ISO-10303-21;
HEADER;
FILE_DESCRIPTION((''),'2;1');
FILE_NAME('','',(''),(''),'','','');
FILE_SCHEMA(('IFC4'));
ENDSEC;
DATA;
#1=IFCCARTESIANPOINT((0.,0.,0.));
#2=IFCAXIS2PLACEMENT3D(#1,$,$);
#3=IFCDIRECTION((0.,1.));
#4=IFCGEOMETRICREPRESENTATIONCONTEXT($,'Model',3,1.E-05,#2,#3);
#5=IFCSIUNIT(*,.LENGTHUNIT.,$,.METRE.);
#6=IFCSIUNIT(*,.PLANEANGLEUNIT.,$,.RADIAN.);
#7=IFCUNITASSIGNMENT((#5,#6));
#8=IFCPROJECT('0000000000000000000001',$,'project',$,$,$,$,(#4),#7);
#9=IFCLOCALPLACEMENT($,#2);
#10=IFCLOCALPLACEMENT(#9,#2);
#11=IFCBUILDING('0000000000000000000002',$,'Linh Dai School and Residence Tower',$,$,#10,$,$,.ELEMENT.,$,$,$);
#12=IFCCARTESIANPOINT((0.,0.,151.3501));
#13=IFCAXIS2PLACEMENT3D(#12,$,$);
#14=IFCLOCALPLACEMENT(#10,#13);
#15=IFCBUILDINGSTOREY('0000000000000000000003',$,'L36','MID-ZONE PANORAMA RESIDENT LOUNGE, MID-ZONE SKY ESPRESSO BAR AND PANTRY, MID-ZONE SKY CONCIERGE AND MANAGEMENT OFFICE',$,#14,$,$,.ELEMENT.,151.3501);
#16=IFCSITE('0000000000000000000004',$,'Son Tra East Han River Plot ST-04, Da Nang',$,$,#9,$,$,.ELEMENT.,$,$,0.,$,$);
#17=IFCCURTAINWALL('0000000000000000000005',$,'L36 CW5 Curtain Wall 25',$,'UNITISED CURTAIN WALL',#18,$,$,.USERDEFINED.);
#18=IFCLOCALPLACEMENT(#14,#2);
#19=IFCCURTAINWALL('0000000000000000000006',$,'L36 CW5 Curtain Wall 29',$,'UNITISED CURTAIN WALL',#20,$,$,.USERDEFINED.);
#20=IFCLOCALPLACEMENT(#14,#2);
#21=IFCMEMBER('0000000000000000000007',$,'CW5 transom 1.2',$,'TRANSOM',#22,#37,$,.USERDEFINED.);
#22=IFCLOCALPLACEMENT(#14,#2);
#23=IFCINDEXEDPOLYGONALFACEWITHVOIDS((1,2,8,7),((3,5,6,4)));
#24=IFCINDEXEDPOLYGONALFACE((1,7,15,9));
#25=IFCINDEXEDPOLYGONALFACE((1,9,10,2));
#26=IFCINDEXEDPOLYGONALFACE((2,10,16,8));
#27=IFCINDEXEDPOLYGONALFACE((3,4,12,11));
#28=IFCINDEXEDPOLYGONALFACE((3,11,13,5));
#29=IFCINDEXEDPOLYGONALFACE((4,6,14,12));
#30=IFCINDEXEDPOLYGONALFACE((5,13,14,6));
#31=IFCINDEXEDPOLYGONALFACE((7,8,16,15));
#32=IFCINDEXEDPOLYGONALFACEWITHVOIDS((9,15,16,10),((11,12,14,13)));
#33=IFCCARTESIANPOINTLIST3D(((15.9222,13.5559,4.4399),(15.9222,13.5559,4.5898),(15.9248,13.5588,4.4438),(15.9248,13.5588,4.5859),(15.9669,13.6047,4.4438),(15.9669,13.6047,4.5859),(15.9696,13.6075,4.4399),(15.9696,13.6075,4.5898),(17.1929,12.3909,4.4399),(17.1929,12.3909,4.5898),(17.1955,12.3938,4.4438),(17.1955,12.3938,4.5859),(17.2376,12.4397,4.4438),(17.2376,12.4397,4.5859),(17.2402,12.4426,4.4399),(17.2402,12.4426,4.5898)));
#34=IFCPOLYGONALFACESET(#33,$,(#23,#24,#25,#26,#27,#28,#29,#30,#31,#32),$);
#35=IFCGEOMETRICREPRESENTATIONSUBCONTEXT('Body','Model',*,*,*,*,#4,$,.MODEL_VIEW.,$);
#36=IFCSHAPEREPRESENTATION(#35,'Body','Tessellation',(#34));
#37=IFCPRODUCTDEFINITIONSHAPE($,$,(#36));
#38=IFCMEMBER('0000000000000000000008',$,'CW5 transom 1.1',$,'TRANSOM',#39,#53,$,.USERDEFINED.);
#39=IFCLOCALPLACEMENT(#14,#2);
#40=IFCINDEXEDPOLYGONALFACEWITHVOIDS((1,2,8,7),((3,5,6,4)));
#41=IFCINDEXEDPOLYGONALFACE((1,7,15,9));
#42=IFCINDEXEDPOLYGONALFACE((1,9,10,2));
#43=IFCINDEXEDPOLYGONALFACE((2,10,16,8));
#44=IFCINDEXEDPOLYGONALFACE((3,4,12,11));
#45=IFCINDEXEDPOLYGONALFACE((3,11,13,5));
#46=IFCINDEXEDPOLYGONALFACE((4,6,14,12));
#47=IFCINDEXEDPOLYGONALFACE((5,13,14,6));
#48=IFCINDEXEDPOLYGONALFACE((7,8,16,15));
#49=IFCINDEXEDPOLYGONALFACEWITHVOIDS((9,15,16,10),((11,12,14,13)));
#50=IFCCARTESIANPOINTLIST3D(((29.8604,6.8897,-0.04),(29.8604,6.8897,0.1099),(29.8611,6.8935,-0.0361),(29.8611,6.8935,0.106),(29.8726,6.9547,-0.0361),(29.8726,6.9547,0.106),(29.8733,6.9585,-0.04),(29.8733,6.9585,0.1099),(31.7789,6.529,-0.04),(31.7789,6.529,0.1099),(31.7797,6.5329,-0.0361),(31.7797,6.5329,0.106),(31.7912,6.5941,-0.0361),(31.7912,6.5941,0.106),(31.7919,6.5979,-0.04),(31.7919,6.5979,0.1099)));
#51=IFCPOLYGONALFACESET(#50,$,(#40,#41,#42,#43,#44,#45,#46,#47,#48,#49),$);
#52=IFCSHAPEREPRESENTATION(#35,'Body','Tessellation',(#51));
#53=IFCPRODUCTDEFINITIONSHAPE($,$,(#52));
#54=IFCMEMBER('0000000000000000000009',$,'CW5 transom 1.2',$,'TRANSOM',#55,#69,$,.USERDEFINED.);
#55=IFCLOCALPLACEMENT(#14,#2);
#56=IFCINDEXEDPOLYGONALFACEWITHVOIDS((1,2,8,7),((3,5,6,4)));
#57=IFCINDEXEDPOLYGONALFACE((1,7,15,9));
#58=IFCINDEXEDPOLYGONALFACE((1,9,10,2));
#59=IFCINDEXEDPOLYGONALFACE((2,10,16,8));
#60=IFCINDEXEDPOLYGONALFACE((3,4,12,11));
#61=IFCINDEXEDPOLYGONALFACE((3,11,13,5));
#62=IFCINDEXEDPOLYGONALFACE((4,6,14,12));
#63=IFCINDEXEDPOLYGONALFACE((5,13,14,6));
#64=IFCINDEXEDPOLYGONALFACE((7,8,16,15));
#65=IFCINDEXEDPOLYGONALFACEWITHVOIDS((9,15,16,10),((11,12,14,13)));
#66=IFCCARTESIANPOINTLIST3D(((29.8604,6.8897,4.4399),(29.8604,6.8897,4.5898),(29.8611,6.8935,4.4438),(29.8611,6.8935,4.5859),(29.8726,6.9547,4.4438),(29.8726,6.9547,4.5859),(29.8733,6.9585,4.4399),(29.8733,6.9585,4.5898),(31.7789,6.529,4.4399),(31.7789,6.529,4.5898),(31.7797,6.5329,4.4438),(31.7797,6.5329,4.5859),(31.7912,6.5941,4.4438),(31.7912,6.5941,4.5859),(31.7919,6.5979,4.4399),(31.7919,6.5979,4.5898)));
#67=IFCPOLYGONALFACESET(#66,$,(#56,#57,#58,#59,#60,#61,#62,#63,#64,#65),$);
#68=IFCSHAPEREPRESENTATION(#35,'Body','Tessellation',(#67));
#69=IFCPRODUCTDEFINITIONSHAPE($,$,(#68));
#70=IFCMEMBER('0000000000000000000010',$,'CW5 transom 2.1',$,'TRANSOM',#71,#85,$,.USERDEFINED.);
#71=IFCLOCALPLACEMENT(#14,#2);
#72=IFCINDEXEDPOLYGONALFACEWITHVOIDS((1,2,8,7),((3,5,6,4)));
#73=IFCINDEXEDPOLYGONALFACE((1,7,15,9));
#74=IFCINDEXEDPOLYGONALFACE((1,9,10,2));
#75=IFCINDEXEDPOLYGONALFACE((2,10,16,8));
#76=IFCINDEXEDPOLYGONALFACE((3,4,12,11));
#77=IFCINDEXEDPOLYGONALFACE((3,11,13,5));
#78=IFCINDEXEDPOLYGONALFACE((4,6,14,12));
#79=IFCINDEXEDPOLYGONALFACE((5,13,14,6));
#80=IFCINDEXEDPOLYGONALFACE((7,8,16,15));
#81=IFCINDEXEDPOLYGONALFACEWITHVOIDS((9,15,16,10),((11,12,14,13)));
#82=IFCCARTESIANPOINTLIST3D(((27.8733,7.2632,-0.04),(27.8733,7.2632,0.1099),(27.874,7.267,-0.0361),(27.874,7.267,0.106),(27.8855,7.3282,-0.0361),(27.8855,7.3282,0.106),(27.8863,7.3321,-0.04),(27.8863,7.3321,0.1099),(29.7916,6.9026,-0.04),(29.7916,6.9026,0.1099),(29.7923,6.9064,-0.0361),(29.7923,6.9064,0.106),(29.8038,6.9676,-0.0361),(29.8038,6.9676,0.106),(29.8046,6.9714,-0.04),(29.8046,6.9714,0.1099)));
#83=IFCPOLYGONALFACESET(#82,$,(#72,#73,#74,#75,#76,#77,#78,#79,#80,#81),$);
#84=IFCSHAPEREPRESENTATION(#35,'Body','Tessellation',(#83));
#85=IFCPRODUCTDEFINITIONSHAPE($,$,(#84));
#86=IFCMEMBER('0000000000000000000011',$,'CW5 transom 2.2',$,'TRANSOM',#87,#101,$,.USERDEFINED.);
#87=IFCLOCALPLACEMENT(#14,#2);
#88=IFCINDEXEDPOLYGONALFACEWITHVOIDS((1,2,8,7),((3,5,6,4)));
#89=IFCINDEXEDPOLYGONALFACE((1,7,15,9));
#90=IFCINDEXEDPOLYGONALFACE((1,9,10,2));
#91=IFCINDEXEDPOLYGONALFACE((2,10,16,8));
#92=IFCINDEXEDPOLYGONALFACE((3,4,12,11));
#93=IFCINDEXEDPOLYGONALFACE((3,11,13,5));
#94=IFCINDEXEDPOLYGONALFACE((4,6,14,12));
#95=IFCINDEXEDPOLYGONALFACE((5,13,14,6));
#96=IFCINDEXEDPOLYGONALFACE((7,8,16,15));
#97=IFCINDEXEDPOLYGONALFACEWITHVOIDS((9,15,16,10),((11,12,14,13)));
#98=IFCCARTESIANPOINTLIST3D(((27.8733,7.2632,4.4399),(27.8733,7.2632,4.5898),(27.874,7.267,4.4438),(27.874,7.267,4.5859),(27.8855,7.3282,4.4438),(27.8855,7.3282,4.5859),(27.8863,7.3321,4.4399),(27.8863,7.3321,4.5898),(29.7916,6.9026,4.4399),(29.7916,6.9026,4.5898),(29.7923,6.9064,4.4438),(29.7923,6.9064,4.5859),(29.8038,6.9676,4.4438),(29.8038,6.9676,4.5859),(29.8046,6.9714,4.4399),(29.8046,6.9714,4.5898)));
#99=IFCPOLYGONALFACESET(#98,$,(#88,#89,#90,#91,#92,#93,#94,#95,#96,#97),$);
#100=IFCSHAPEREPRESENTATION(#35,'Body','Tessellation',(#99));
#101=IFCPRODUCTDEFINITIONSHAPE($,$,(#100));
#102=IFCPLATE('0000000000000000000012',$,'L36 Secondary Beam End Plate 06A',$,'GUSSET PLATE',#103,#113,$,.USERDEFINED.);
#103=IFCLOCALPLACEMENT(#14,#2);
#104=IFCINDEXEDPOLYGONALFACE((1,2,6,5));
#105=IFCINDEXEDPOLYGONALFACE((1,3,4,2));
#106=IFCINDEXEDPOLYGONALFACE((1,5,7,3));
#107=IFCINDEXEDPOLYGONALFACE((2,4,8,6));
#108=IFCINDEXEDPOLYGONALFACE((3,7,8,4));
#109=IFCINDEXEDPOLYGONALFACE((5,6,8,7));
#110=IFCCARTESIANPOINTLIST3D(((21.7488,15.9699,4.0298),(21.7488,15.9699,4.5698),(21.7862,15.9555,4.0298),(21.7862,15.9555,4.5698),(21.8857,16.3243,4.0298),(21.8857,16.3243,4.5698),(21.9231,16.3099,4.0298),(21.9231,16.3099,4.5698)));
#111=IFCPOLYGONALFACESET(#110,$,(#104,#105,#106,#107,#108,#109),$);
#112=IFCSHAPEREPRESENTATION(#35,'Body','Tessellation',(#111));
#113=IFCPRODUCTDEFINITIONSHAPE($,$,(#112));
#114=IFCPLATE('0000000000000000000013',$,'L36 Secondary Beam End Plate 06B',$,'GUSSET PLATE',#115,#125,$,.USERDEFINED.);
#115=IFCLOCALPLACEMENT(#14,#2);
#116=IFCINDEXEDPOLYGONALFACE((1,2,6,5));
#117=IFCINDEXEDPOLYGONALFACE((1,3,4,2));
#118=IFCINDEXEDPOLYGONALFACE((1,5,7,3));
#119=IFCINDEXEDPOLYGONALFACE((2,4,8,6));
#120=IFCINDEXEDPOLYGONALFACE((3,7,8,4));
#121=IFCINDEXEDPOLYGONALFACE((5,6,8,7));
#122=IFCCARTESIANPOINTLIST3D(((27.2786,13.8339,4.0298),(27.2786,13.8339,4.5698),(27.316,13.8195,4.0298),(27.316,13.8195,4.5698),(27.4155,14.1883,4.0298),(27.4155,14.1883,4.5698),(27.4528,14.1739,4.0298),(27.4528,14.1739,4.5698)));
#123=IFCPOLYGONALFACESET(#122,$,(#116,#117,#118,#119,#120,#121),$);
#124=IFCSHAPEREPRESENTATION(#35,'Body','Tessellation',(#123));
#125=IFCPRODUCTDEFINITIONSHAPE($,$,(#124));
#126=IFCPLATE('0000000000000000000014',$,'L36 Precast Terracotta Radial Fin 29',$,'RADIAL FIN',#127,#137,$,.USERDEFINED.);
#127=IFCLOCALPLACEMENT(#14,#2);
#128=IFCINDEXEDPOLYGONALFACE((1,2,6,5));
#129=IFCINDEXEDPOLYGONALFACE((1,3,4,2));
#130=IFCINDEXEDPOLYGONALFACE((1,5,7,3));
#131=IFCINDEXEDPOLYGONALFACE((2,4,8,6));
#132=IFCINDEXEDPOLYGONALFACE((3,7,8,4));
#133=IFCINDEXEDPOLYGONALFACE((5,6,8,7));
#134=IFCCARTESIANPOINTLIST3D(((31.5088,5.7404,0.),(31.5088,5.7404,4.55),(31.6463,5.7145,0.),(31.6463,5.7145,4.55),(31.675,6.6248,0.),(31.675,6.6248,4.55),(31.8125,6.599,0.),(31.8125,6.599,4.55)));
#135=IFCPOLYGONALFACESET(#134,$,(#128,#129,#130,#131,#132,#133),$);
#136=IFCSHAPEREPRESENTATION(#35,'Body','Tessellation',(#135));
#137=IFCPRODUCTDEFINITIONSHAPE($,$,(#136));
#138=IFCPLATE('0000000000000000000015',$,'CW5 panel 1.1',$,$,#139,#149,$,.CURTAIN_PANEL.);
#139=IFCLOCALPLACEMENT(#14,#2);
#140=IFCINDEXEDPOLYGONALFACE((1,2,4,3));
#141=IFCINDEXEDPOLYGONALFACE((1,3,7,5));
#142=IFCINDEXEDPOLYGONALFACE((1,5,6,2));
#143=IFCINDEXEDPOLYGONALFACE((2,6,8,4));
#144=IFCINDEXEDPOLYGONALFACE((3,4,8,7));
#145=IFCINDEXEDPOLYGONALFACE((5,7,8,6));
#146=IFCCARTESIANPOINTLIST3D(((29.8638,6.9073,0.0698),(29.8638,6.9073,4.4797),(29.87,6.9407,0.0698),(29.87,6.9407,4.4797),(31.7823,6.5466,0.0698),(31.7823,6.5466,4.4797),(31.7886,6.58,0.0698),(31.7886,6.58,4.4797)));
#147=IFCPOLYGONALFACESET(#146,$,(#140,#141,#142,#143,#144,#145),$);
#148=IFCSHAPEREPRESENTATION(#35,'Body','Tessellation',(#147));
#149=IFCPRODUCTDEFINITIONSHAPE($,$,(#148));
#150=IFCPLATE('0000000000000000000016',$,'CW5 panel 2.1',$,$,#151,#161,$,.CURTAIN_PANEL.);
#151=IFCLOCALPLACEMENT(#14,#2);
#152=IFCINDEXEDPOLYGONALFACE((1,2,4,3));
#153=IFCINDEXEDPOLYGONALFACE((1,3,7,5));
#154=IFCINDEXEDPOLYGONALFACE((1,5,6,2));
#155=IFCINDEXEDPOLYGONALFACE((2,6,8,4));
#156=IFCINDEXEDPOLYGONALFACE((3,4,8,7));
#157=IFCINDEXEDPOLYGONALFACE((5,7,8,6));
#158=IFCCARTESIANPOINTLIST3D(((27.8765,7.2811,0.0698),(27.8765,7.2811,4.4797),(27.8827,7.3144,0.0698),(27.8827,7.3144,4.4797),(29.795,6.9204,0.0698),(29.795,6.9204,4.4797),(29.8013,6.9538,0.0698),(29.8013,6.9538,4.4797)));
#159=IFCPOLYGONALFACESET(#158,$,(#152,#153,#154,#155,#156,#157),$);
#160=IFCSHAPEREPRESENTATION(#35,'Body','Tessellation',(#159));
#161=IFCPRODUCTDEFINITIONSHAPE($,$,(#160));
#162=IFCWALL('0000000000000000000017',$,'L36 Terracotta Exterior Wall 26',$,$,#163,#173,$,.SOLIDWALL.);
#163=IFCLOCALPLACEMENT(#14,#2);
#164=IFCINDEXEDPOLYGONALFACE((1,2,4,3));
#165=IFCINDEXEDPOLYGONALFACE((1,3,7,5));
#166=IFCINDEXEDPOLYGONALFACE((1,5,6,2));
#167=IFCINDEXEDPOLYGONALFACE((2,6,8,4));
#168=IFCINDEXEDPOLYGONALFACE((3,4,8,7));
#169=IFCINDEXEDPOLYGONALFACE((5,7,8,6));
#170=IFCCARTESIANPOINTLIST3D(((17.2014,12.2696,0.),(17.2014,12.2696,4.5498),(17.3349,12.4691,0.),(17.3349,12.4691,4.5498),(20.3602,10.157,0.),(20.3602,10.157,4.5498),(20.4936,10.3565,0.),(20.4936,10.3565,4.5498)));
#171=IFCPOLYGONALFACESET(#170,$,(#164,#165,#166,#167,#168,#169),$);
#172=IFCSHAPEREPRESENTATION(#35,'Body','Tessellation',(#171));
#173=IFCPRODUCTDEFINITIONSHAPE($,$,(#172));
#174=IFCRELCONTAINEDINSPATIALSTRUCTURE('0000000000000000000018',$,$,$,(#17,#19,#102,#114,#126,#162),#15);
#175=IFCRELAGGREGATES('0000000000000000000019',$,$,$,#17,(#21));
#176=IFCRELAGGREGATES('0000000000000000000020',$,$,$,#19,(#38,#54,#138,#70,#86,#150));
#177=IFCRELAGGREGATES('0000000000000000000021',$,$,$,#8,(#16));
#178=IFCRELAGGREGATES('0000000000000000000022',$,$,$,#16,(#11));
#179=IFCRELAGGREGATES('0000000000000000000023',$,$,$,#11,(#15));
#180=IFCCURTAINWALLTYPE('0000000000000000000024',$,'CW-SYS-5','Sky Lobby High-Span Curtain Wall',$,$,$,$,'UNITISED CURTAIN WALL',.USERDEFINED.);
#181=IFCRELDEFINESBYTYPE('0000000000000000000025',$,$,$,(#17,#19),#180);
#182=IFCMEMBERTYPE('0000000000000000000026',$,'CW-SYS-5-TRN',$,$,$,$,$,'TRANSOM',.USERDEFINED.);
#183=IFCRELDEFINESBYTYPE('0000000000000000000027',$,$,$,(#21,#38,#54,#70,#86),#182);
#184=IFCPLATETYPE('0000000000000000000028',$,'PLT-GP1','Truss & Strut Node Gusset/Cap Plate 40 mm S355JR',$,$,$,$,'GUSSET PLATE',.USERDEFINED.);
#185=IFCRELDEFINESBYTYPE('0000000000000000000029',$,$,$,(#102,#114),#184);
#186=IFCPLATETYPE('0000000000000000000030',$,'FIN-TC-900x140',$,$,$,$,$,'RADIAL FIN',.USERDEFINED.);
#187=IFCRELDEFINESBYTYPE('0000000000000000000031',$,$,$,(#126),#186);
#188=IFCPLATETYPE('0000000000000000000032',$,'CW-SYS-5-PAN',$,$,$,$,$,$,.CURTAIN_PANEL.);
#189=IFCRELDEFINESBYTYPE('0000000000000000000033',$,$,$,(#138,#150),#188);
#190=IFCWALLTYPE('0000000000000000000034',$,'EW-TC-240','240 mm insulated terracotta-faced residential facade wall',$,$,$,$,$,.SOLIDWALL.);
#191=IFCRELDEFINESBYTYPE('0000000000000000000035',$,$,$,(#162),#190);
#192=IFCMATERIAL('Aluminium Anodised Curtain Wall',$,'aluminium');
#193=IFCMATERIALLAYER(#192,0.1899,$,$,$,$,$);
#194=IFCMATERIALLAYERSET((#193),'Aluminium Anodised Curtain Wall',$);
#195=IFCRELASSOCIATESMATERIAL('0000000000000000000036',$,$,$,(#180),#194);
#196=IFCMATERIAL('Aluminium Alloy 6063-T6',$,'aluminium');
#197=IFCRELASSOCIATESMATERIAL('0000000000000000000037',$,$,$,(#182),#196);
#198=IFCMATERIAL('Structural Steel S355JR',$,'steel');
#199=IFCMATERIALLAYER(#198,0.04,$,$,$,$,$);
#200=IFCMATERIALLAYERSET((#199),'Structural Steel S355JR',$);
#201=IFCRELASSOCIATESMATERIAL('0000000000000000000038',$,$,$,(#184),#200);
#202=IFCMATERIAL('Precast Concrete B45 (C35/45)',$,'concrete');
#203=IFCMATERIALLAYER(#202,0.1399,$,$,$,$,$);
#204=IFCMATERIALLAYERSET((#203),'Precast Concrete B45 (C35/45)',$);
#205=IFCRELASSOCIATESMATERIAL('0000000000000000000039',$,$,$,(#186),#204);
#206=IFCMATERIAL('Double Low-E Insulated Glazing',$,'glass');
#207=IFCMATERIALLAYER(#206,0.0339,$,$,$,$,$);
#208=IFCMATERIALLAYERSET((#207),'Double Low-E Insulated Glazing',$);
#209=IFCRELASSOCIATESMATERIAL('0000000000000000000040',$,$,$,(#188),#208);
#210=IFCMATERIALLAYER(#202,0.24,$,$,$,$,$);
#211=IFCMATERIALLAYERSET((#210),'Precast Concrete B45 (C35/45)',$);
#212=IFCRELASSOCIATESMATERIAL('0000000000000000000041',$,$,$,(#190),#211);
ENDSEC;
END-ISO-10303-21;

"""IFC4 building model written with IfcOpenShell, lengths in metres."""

from ifc_helpers import new_model, si_unit, direction, frame, frame_2d, origin, origin_2d, place, context, subcontext, project, spatial, rectangle, hollow_rectangle, extrude, source, transform, mapped, material, layer, layer_set, material_profile, profile_set, type_object, element, aggregate, save


model = new_model("IFC4")

# Units and contexts
model_context = context("Model", 3, precision=1e-05, world=origin(), true_north=direction((0.0, 1.0)))
body_context = subcontext(model_context, "Body", "Model", "MODEL_VIEW")
ifc_project = project(units=[si_unit("LENGTHUNIT", "METRE"), si_unit("PLANEANGLEUNIT", "RADIAN")], contexts=[model_context])

# Site, building, storey
site_placement = place(None, origin())
site = spatial("IfcSite", under=ifc_project, at=site_placement, Name="Son Tra East Han River Plot ST-04, Da Nang", CompositionType="ELEMENT", RefElevation=0.0)
building_placement = place(site_placement, origin())
building = spatial("IfcBuilding", under=site, at=building_placement, Name="Linh Dai School and Residence Tower", CompositionType="ELEMENT")
storey_placement = place(building_placement, frame((0.0, 0.0, 151.3501)))
storey = spatial("IfcBuildingStorey", under=building, at=storey_placement, Name="L36", Description="MID-ZONE PANORAMA RESIDENT LOUNGE, MID-ZONE SKY ESPRESSO BAR AND PANTRY, MID-ZONE SKY CONCIERGE AND MANAGEMENT OFFICE", CompositionType="ELEMENT", Elevation=151.3501)

# Shared definitions
ifc_material_1 = material(Name="Structural Steel S355JR", Category="steel")

# Curtain wall
ifc_material_2 = material(Name="Aluminium Anodised Curtain Wall", Category="aluminium")
ifc_layer_1 = layer(ifc_material_2, 0.1899)
ifc_layer_set_1 = layer_set([ifc_layer_1], Name="Aluminium Anodised Curtain Wall")
curtain_wall_type = type_object("IfcCurtainWallType", Name="CW-SYS-5", Description="Sky Lobby High-Span Curtain Wall", ElementType="UNITISED CURTAIN WALL", PredefinedType="USERDEFINED", material=ifc_layer_set_1)
curtain_wall_1_placement = place(storey_placement, origin())
curtain_wall_1 = element("IfcCurtainWall", 1, at=curtain_wall_1_placement, inside=storey, type_object=curtain_wall_type, Name="L36 CW5 Curtain Wall 25", ObjectType="UNITISED CURTAIN WALL", PredefinedType="USERDEFINED")
ifc_material_3 = material(Name="Aluminium Alloy 6063-T6", Category="aluminium")

# Curtain wall
curtain_wall_2_placement = place(storey_placement, origin())
curtain_wall_2 = element("IfcCurtainWall", 2, at=curtain_wall_2_placement, inside=storey, type_object=curtain_wall_type, Name="L36 CW5 Curtain Wall 29", ObjectType="UNITISED CURTAIN WALL", PredefinedType="USERDEFINED")

# Members
ifc_material_profile_1 = material_profile(ifc_material_3, hollow_rectangle(XDim=0.0701, YDim=0.1499, WallThickness=0.0039, at=origin_2d()), Name="RHS 150x70x4")
ifc_profile_set_1 = profile_set([ifc_material_profile_1], Name="Aluminium Alloy 6063-T6")
member_type_1 = type_object("IfcMemberType", Name="CW-SYS-5-TRN", ElementType="TRANSOM", PredefinedType="USERDEFINED", material=ifc_profile_set_1)
shared_shape_1 = source(origin(), body_context, "Body", "SweptSolid", [
    extrude(hollow_rectangle(XDim=0.0701, YDim=0.1499, WallThickness=0.0039, at=origin_2d()), origin(), (0.0, 0.0, 1.0), 1.7239),
])
member_1_placement = place(storey_placement, frame((17.2166, 12.4167, 4.5149), z_axis=(-0.737101, 0.675782, 0.0), x_axis=(-0.675782, -0.737101, 0.0)))
member_1 = element("IfcMember", 3, at=member_1_placement, type_object=member_type_1, Name="CW5 transom 1.2", ObjectType="TRANSOM", PredefinedType="USERDEFINED", context=body_context, shape_type="MappedRepresentation", body=[
    mapped(shared_shape_1, transform((0.0, 0.0, 0.0), x_axis=(1.0, 0.0, 0.0), y_axis=(0.0, 1.0, 0.0), z_axis=(0.0, 0.0, 1.0), scale=1.0)),
])
aggregate(curtain_wall_1, [member_1])
shared_shape_2 = source(origin(), body_context, "Body", "SweptSolid", [
    extrude(hollow_rectangle(XDim=0.0701, YDim=0.1499, WallThickness=0.0039, at=origin_2d()), origin(), (0.0, 0.0, 1.0), 1.9521),
])
member_2_placement = place(storey_placement, frame((31.7854, 6.5635, 0.0349), z_axis=(-0.98279, 0.184726, 0.0), x_axis=(-0.184726, -0.98279, 0.0)))
member_2 = element("IfcMember", 4, at=member_2_placement, type_object=member_type_1, Name="CW5 transom 1.1", ObjectType="TRANSOM", PredefinedType="USERDEFINED", context=body_context, shape_type="MappedRepresentation", body=[
    mapped(shared_shape_2, transform((0.0, 0.0, 0.0), x_axis=(1.0, 0.0, 0.0), y_axis=(0.0, 1.0, 0.0), z_axis=(0.0, 0.0, 1.0), scale=1.0)),
])
member_3_placement = place(storey_placement, frame((31.7854, 6.5635, 4.5149), z_axis=(-0.98279, 0.184726, 0.0), x_axis=(-0.184726, -0.98279, 0.0)))
member_3 = element("IfcMember", 5, at=member_3_placement, type_object=member_type_1, Name="CW5 transom 1.2", ObjectType="TRANSOM", PredefinedType="USERDEFINED", context=body_context, shape_type="MappedRepresentation", body=[
    mapped(shared_shape_2, transform((0.0, 0.0, 0.0), x_axis=(1.0, 0.0, 0.0), y_axis=(0.0, 1.0, 0.0), z_axis=(0.0, 0.0, 1.0), scale=1.0)),
])
shared_shape_3 = source(origin(), body_context, "Body", "SweptSolid", [
    extrude(hollow_rectangle(XDim=0.0701, YDim=0.1499, WallThickness=0.0039, at=origin_2d()), origin(), (0.0, 0.0, 1.0), 1.9519),
])
member_4_placement = place(storey_placement, frame((29.7981, 6.937, 0.0349), z_axis=(-0.982786, 0.184749, 0.0), x_axis=(-0.184749, -0.982786, 0.0)))
member_4 = element("IfcMember", 6, at=member_4_placement, type_object=member_type_1, Name="CW5 transom 2.1", ObjectType="TRANSOM", PredefinedType="USERDEFINED", context=body_context, shape_type="MappedRepresentation", body=[
    mapped(shared_shape_3, transform((0.0, 0.0, 0.0), x_axis=(1.0, 0.0, 0.0), y_axis=(0.0, 1.0, 0.0), z_axis=(0.0, 0.0, 1.0), scale=1.0)),
])
member_5_placement = place(storey_placement, frame((29.7981, 6.937, 4.5149), z_axis=(-0.982786, 0.184749, 0.0), x_axis=(-0.184749, -0.982786, 0.0)))
member_5 = element("IfcMember", 7, at=member_5_placement, type_object=member_type_1, Name="CW5 transom 2.2", ObjectType="TRANSOM", PredefinedType="USERDEFINED", context=body_context, shape_type="MappedRepresentation", body=[
    mapped(shared_shape_3, transform((0.0, 0.0, 0.0), x_axis=(1.0, 0.0, 0.0), y_axis=(0.0, 1.0, 0.0), z_axis=(0.0, 0.0, 1.0), scale=1.0)),
])

# Plates
ifc_layer_2 = layer(ifc_material_1, 0.04)
ifc_layer_set_2 = layer_set([ifc_layer_2], Name="Structural Steel S355JR")
plate_type_1 = type_object("IfcPlateType", Name="PLT-GP1", Description="Truss & Strut Node Gusset/Cap Plate 40 mm S355JR", ElementType="GUSSET PLATE", PredefinedType="USERDEFINED", material=ifc_layer_set_2)
shared_shape_4 = source(origin(), body_context, "Body", "SweptSolid", [
    extrude(rectangle(XDim=0.04, YDim=0.3799, at=origin_2d()), origin(), (0.0, 0.0, 1.0), 0.54),
])
for number, where, z_axis, x_axis, name in (
    (8, (21.8359, 16.1399, 4.0298), (0.0, 0.0, 1.0), (0.932823, -0.360335, 0.0), "L36 Secondary Beam End Plate 06A"),
    (9, (27.3657, 14.0039, 4.0298), (0.0, 0.0, 1.0), (0.932823, -0.360335, 0.0), "L36 Secondary Beam End Plate 06B"),
):
    element("IfcPlate", number, at=place(storey_placement, frame(where, z_axis=z_axis, x_axis=x_axis)), inside=storey, type_object=plate_type_1, Name=name, ObjectType="GUSSET PLATE", PredefinedType="USERDEFINED", context=body_context, shape_type="MappedRepresentation", body=[
        mapped(shared_shape_4, transform((0.0, 0.0, 0.0), x_axis=(1.0, 0.0, 0.0), y_axis=(0.0, 1.0, 0.0), z_axis=(0.0, 0.0, 1.0), scale=1.0)),
    ])
ifc_material_4 = material(Name="Precast Concrete B45 (C35/45)", Category="concrete")
ifc_layer_3 = layer(ifc_material_4, 0.1399)
ifc_layer_set_3 = layer_set([ifc_layer_3], Name="Precast Concrete B45 (C35/45)")
plate_type_2 = type_object("IfcPlateType", Name="FIN-TC-900x140", ElementType="RADIAL FIN", PredefinedType="USERDEFINED", material=ifc_layer_set_3)
shared_shape_5 = source(origin(), body_context, "Body", "SweptSolid", [
    extrude(rectangle(XDim=0.8999, YDim=0.1399, at=origin_2d()), origin(), (0.0, 0.0, 1.0), 4.55),
])
plate_1_placement = place(storey_placement, frame((31.6606, 6.1697, 0.0), z_axis=(0.0, 0.0, 1.0), x_axis=(-0.184763, -0.982783, 0.0)))
element("IfcPlate", 10, at=plate_1_placement, inside=storey, type_object=plate_type_2, Name="L36 Precast Terracotta Radial Fin 29", ObjectType="RADIAL FIN", PredefinedType="USERDEFINED", context=body_context, shape_type="MappedRepresentation", body=[
    mapped(shared_shape_5, transform((0.0, 0.0, 0.0), x_axis=(1.0, 0.0, 0.0), y_axis=(0.0, 1.0, 0.0), z_axis=(0.0, 0.0, 1.0), scale=1.0)),
])

# Plates
ifc_material_5 = material(Name="Double Low-E Insulated Glazing", Category="glass")
ifc_layer_4 = layer(ifc_material_5, 0.0339)
ifc_layer_set_4 = layer_set([ifc_layer_4], Name="Double Low-E Insulated Glazing")
plate_type_3 = type_object("IfcPlateType", Name="CW-SYS-5-PAN", PredefinedType="CURTAIN_PANEL", material=ifc_layer_set_4)
shared_shape_6 = source(origin(), body_context, "Body", "SweptSolid", [
    extrude(rectangle(XDim=1.9521, YDim=0.0339, at=origin_2d()), origin(), (0.0, 0.0, 1.0), 4.4099),
])
plate_2_placement = place(storey_placement, frame((30.8262, 6.7437, 0.0698), z_axis=(0.0, 0.0, 1.0), x_axis=(-0.982783, 0.184763, 0.0)))
plate_2 = element("IfcPlate", 11, at=plate_2_placement, type_object=plate_type_3, Name="CW5 panel 1.1", PredefinedType="CURTAIN_PANEL", context=body_context, shape_type="MappedRepresentation", body=[
    mapped(shared_shape_6, transform((0.0, 0.0, 0.0), x_axis=(1.0, 0.0, 0.0), y_axis=(0.0, 1.0, 0.0), z_axis=(0.0, 0.0, 1.0), scale=1.0)),
])
plate_3_placement = place(storey_placement, frame((28.8389, 7.1174, 0.0698), z_axis=(0.0, 0.0, 1.0), x_axis=(-0.982783, 0.184763, 0.0)))
plate_3 = element("IfcPlate", 12, at=plate_3_placement, type_object=plate_type_3, Name="CW5 panel 2.1", PredefinedType="CURTAIN_PANEL", context=body_context, shape_type="MappedRepresentation", body=[
    mapped(shared_shape_6, transform((0.0, 0.0, 0.0), x_axis=(1.0, 0.0, 0.0), y_axis=(0.0, 1.0, 0.0), z_axis=(0.0, 0.0, 1.0), scale=1.0)),
])
aggregate(curtain_wall_2, [member_2, member_3, plate_2, member_4, member_5, plate_3])

# Wall
ifc_layer_5 = layer(ifc_material_4, 0.24)
ifc_layer_set_5 = layer_set([ifc_layer_5], Name="Precast Concrete B45 (C35/45)")
wall_type = type_object("IfcWallType", Name="EW-TC-240", Description="240 mm insulated terracotta-faced residential facade wall", PredefinedType="SOLIDWALL", material=ifc_layer_set_5)
wall_1_placement = place(storey_placement, frame((20.4268, 10.2568, 0.0), z_axis=(0.0, 0.0, 1.0), x_axis=(-0.831229, 0.55593, 0.0)))
element("IfcWall", 13, at=wall_1_placement, inside=storey, type_object=wall_type, Name="L36 Terracotta Exterior Wall 26", PredefinedType="SOLIDWALL", context=body_context, shape_type="SweptSolid", body=[
    extrude(rectangle(XDim=3.8, YDim=0.24, at=frame_2d((1.8999, 0.0))), origin(), (0.0, 0.0, 1.0), 4.5498),
])

save(model, "model.ifc")
